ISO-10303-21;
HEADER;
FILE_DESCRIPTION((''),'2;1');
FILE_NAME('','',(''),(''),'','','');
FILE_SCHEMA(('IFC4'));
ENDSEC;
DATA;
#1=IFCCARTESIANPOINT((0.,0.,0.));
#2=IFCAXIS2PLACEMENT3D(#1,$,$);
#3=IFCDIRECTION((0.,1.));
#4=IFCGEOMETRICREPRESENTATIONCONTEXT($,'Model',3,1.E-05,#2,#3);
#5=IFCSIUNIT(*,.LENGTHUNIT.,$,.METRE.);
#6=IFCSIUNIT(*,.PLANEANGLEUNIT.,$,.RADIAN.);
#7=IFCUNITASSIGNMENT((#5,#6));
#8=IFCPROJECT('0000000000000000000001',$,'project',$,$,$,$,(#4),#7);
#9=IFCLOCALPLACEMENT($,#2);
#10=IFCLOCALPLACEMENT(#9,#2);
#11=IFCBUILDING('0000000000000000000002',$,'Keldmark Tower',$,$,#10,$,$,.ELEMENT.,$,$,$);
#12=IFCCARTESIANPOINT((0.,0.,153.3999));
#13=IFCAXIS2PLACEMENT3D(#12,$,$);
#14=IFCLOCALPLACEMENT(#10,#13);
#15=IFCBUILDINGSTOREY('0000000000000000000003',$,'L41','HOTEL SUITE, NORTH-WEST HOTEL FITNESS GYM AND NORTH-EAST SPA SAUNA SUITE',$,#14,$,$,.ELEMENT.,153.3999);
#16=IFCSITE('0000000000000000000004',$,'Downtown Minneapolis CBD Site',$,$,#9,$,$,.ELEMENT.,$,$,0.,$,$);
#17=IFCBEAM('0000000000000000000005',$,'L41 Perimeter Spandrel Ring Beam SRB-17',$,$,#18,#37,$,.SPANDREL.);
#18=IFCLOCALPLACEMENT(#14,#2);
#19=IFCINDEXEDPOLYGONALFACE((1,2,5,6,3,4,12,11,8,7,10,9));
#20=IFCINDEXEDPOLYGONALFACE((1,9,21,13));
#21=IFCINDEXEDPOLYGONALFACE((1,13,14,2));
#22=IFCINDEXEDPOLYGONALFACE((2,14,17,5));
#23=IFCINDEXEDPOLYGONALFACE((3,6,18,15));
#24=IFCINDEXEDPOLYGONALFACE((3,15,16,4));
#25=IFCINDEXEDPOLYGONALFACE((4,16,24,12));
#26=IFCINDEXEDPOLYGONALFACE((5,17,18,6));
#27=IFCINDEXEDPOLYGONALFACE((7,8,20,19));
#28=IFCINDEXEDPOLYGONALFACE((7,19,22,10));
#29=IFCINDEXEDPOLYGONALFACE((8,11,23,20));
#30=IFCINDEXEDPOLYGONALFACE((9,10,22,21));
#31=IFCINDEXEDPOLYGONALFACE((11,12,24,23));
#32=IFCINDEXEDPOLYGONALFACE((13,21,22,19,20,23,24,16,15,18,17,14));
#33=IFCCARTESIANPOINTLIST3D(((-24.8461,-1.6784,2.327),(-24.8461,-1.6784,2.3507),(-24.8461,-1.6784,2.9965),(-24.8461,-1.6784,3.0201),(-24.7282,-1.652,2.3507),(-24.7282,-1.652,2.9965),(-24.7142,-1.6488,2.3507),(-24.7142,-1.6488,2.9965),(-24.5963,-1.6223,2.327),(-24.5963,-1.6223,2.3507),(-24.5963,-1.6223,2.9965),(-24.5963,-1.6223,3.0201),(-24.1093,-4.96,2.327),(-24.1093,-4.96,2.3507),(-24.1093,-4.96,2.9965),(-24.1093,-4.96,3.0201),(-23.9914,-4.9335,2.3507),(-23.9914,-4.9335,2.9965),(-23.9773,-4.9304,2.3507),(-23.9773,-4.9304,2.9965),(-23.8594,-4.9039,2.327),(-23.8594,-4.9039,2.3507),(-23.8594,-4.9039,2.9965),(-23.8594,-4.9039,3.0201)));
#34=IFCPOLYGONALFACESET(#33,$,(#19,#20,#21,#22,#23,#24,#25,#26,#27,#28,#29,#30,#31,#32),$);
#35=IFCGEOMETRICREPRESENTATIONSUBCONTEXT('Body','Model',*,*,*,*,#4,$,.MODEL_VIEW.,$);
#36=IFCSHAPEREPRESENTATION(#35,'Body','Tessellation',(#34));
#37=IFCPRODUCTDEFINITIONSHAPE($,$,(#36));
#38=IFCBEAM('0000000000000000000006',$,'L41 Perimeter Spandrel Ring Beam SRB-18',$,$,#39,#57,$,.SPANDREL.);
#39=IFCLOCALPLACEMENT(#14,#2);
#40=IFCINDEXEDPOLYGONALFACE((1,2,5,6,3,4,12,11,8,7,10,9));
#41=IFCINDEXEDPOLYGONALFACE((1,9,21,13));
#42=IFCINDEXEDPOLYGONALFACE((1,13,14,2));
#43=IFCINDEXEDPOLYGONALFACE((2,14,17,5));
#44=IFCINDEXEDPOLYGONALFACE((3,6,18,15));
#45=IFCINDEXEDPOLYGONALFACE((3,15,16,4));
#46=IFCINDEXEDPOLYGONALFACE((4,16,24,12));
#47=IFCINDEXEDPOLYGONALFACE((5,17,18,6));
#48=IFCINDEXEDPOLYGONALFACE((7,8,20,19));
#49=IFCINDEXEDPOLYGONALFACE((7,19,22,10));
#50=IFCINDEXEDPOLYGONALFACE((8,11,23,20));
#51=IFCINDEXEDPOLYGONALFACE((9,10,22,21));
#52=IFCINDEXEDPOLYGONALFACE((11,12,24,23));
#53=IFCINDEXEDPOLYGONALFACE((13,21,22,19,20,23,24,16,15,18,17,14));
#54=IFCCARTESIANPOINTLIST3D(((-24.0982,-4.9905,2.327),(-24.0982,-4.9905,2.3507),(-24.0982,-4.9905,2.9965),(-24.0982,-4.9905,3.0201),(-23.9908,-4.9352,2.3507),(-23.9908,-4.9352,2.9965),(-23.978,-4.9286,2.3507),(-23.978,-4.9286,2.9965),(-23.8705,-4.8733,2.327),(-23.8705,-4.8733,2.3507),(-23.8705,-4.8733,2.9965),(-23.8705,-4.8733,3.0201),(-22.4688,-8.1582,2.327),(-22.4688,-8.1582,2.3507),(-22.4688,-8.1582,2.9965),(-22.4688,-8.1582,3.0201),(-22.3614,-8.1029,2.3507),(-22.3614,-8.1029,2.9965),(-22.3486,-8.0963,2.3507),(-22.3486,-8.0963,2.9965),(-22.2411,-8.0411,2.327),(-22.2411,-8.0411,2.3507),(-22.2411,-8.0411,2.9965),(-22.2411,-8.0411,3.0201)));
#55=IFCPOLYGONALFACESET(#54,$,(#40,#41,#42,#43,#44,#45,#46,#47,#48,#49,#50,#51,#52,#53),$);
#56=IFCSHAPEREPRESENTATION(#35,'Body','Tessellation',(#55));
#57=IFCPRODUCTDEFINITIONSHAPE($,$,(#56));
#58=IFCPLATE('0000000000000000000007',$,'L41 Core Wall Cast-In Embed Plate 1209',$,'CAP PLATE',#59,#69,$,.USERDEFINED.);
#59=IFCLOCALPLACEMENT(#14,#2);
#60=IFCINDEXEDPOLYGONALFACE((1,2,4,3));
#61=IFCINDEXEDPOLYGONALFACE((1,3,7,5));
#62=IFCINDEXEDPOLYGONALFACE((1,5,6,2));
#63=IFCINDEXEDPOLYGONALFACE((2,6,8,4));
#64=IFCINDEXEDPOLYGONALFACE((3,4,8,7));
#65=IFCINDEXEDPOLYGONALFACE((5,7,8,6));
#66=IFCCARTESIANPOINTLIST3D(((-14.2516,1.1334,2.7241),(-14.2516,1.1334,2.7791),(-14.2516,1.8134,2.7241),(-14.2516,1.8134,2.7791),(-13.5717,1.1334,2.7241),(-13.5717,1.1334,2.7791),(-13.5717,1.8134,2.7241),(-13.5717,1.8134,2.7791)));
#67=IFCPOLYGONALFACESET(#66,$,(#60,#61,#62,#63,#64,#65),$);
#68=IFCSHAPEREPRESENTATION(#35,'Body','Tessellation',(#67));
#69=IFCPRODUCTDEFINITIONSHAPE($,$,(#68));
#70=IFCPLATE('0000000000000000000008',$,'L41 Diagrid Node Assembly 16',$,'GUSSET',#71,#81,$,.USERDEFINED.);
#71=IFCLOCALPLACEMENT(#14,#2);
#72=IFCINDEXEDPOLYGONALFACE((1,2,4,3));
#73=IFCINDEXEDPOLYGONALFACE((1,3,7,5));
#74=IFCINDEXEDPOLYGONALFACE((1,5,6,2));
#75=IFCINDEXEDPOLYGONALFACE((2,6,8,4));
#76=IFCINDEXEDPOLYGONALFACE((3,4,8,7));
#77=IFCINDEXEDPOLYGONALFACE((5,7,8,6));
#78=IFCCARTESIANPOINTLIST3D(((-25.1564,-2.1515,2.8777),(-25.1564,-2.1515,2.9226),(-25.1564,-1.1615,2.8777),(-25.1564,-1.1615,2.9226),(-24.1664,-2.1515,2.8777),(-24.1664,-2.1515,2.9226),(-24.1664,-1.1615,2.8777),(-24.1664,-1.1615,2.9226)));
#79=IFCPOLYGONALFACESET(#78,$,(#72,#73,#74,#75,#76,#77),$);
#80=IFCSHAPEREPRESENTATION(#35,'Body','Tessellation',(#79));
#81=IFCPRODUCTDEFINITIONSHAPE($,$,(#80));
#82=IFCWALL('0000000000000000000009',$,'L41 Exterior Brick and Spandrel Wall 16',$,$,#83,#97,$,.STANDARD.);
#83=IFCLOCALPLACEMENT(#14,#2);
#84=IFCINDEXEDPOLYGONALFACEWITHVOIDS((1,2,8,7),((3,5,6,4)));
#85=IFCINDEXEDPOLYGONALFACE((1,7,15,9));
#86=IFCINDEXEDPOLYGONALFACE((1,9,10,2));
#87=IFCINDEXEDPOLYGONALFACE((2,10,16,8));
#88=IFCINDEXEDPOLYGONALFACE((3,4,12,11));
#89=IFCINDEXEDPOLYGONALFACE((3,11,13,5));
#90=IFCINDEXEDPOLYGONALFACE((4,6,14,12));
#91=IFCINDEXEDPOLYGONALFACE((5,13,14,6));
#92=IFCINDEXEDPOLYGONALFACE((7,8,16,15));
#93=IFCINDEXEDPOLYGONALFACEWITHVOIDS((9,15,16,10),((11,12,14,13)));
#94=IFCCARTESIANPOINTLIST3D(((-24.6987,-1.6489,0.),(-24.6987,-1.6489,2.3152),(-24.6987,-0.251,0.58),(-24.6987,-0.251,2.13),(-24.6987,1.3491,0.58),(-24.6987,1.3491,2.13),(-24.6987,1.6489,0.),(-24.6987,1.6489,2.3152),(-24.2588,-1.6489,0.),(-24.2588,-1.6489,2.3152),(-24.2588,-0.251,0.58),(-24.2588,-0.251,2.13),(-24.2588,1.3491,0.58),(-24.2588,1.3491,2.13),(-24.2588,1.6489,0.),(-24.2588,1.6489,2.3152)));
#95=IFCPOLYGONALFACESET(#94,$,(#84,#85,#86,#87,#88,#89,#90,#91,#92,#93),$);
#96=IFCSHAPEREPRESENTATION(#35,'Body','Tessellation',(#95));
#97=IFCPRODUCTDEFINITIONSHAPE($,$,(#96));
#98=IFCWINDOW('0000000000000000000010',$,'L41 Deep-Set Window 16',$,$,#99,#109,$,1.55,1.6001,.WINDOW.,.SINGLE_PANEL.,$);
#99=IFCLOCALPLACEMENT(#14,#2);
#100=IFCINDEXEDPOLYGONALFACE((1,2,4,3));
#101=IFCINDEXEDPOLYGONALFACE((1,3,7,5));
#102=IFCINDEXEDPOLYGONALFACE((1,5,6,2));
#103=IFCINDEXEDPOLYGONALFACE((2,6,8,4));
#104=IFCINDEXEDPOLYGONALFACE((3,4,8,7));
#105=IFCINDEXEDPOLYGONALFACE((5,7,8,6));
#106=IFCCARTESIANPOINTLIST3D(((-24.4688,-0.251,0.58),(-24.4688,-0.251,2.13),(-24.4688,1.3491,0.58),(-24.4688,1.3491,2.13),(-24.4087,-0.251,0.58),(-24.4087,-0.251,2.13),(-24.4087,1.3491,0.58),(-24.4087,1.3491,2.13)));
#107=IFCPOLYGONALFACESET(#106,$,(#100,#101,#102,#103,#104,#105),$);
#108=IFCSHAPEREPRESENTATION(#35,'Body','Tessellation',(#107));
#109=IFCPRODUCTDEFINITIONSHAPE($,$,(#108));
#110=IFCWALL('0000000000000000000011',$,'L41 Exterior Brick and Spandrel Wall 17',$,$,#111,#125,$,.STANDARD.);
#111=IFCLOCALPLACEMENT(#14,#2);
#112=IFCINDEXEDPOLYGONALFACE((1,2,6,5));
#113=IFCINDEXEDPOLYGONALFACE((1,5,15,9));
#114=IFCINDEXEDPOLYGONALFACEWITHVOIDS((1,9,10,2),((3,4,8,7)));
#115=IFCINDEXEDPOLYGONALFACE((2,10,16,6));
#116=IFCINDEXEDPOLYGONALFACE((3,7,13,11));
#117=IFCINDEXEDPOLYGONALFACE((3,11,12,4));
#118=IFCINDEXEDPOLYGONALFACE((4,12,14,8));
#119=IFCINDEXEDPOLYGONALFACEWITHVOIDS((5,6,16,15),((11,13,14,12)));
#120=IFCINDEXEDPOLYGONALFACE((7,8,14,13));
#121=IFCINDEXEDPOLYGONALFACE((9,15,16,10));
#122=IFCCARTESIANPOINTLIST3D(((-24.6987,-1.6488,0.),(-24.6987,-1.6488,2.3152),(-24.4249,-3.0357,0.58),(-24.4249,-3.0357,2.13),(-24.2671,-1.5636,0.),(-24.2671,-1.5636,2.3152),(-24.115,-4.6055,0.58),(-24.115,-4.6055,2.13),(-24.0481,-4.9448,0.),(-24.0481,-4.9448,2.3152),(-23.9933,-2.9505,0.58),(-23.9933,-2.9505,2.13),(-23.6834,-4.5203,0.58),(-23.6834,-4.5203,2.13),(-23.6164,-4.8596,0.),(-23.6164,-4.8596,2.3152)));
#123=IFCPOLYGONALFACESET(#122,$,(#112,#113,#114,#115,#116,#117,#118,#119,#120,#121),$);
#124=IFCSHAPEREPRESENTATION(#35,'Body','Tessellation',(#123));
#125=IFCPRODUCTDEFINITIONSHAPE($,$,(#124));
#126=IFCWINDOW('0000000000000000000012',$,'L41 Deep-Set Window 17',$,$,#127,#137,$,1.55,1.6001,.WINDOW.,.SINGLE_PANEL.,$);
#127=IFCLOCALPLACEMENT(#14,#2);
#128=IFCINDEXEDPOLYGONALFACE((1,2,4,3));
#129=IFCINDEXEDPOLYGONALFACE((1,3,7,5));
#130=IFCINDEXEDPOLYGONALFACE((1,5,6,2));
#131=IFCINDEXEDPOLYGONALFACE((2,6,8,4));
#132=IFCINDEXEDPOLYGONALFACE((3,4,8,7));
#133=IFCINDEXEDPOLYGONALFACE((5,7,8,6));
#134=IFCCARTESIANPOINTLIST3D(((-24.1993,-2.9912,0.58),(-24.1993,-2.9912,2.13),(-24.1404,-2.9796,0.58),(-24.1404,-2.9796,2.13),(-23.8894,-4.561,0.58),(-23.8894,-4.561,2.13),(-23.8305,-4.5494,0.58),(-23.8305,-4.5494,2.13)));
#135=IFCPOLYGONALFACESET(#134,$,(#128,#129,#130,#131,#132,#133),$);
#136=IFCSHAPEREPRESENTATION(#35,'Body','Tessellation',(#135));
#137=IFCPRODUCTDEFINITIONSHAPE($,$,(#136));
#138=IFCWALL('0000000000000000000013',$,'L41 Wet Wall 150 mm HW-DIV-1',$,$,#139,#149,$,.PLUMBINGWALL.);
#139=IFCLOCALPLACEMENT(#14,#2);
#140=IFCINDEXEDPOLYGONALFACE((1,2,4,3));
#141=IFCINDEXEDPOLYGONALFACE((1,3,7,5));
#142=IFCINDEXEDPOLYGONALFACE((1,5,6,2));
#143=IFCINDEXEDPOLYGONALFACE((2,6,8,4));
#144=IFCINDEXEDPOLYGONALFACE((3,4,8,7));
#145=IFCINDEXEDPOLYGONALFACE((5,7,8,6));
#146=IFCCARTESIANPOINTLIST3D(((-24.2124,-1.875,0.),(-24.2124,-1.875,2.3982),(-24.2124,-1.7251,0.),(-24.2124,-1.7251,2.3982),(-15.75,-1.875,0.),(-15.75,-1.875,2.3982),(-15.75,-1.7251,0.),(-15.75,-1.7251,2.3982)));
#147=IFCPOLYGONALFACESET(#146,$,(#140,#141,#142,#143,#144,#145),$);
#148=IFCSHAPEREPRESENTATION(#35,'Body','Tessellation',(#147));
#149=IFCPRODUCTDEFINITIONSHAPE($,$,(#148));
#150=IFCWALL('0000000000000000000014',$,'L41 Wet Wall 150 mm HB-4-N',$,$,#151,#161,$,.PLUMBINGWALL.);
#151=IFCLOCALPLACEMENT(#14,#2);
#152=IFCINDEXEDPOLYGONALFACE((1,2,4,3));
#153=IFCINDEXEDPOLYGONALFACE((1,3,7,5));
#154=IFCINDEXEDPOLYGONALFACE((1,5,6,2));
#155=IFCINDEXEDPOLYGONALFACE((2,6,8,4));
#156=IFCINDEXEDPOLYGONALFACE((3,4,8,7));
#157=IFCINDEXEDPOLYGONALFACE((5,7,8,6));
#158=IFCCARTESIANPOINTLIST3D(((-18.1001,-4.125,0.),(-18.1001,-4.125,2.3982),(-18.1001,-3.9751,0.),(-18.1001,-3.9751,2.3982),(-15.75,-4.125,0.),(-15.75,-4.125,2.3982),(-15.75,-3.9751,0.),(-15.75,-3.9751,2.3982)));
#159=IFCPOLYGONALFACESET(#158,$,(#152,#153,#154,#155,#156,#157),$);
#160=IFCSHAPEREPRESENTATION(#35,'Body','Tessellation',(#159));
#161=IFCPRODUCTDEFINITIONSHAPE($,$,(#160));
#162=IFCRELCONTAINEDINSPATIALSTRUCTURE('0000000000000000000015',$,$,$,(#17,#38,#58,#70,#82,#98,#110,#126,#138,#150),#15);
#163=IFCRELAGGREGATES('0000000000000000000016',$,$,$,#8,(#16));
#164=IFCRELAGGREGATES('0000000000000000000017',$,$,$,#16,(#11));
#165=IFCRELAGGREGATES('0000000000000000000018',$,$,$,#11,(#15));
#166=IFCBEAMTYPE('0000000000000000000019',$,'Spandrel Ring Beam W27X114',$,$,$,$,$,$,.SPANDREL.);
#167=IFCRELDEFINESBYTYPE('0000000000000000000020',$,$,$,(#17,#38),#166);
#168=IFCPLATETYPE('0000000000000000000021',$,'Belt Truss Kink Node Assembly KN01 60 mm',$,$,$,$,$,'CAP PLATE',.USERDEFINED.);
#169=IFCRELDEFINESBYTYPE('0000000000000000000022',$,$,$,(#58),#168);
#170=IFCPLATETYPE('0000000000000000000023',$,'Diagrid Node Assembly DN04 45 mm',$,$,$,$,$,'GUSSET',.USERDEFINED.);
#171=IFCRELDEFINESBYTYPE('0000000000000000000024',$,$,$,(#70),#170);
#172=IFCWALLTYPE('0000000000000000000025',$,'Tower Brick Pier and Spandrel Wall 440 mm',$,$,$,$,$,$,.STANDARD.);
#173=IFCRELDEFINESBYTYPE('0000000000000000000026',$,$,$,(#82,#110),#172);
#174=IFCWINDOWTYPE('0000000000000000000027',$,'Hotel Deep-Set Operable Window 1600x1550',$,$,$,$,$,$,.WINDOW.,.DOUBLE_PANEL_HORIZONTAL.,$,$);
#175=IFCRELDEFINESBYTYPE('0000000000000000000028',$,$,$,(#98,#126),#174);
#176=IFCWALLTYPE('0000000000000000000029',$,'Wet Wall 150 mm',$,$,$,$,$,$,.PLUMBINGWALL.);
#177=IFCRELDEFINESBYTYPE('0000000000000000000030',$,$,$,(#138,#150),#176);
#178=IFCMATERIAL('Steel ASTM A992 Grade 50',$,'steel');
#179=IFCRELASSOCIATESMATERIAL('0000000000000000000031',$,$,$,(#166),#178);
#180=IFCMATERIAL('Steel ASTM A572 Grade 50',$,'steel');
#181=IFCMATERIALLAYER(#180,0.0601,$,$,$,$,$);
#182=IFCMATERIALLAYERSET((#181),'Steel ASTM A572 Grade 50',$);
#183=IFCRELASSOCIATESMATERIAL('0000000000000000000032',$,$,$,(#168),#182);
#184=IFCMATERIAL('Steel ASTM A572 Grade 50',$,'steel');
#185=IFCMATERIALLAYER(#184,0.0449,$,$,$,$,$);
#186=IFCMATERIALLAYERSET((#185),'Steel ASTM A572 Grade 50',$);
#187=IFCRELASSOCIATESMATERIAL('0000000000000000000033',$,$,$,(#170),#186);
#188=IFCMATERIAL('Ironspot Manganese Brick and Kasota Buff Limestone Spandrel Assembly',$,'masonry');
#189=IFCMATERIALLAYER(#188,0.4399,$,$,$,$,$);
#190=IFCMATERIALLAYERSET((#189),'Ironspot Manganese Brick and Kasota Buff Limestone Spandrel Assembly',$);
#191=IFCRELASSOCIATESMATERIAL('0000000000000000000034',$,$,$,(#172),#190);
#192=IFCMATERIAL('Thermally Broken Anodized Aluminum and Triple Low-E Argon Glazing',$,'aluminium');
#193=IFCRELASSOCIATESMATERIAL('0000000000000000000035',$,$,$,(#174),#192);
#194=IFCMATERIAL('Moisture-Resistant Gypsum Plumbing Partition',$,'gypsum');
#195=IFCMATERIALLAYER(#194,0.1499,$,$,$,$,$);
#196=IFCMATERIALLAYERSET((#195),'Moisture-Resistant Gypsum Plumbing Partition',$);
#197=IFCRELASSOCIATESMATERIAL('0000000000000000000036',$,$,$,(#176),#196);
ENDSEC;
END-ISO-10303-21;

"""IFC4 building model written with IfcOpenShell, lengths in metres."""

from ifc_helpers import new_model, si_unit, direction, frame, frame_2d, origin, origin_2d, place, context, subcontext, project, spatial, rectangle, i_section, extrude, material, layer, layer_set, material_profile, profile_set, type_object, element, fill, save


model = new_model("IFC4")

# Units and contexts
model_context = context("Model", 3, precision=1e-05, world=origin(), true_north=direction((0.0, 1.0)))
body_context = subcontext(model_context, "Body", "Model", "MODEL_VIEW")
ifc_project = project(units=[si_unit("LENGTHUNIT", "METRE"), si_unit("PLANEANGLEUNIT", "RADIAN")], contexts=[model_context])

# Site, building, storey
site_placement = place(None, origin())
site = spatial("IfcSite", under=ifc_project, at=site_placement, Name="Downtown Minneapolis CBD Site", CompositionType="ELEMENT", RefElevation=0.0)
building_placement = place(site_placement, origin())
building = spatial("IfcBuilding", under=site, at=building_placement, Name="Keldmark Tower", CompositionType="ELEMENT")
storey_placement = place(building_placement, frame((0.0, 0.0, 153.3999)))
storey = spatial("IfcBuildingStorey", under=building, at=storey_placement, Name="L41", Description="HOTEL SUITE, NORTH-WEST HOTEL FITNESS GYM AND NORTH-EAST SPA SAUNA SUITE", CompositionType="ELEMENT", Elevation=153.3999)

# Beams
ifc_material_1 = material(Name="Steel ASTM A992 Grade 50", Category="steel")
ifc_material_profile_1 = material_profile(ifc_material_1, i_section(OverallWidth=0.2561, OverallDepth=0.6931, WebThickness=0.0144, FlangeThickness=0.0237, at=origin_2d()), Name="W27X114")
ifc_profile_set_1 = profile_set([ifc_material_profile_1], Name="Steel ASTM A992 Grade 50")
beam_type_1 = type_object("IfcBeamType", Name="Spandrel Ring Beam W27X114", PredefinedType="SPANDREL", material=ifc_profile_set_1)
beam_1_placement = place(storey_placement, frame((-24.7212, -1.6504, 2.6736), z_axis=(0.219082, -0.975706, 0.0), x_axis=(0.975706, 0.219082, 0.0)))
element("IfcBeam", 1, at=beam_1_placement, inside=storey, type_object=beam_type_1, Name="L41 Perimeter Spandrel Ring Beam SRB-17", PredefinedType="SPANDREL", context=body_context, shape_type="SweptSolid", body=[
    extrude(i_section(OverallWidth=0.2561, OverallDepth=0.6931, WebThickness=0.0144, FlangeThickness=0.0237, at=origin_2d()), origin(), (0.0, 0.0, 1.0), 3.3633),
])
beam_2_placement = place(storey_placement, frame((-23.9844, -4.9319, 2.6736), z_axis=(0.45741, -0.889256, 0.0), x_axis=(0.889256, 0.45741, 0.0)))
element("IfcBeam", 2, at=beam_2_placement, inside=storey, type_object=beam_type_1, Name="L41 Perimeter Spandrel Ring Beam SRB-18", PredefinedType="SPANDREL", context=body_context, shape_type="SweptSolid", body=[
    extrude(i_section(OverallWidth=0.2561, OverallDepth=0.6931, WebThickness=0.0144, FlangeThickness=0.0237, at=origin_2d()), origin(), (0.0, 0.0, 1.0), 3.5623),
])

# Plates
ifc_material_2 = material(Name="Steel ASTM A572 Grade 50", Category="steel")
ifc_layer_1 = layer(ifc_material_2, 0.0601)
ifc_layer_set_1 = layer_set([ifc_layer_1], Name="Steel ASTM A572 Grade 50")
plate_type_1 = type_object("IfcPlateType", Name="Belt Truss Kink Node Assembly KN01 60 mm", ElementType="CAP PLATE", PredefinedType="USERDEFINED", material=ifc_layer_set_1)
plate_1_placement = place(storey_placement, frame((-13.9116, 1.4734, 2.7241), z_axis=(0.0, 0.0, 1.0), x_axis=(1.0, 0.0, 0.0)))
element("IfcPlate", 3, at=plate_1_placement, inside=storey, type_object=plate_type_1, Name="L41 Core Wall Cast-In Embed Plate 1209", ObjectType="CAP PLATE", PredefinedType="USERDEFINED", context=body_context, shape_type="SweptSolid", body=[
    extrude(rectangle(XDim=0.6799, YDim=0.6799, at=origin_2d()), origin(), (0.0, 0.0, 1.0), 0.0549),
])
ifc_material_3 = material(Name="Steel ASTM A572 Grade 50", Category="steel")
ifc_layer_2 = layer(ifc_material_3, 0.0449)
ifc_layer_set_2 = layer_set([ifc_layer_2], Name="Steel ASTM A572 Grade 50")
plate_type_2 = type_object("IfcPlateType", Name="Diagrid Node Assembly DN04 45 mm", ElementType="GUSSET", PredefinedType="USERDEFINED", material=ifc_layer_set_2)
plate_2_placement = place(storey_placement, frame((-24.6614, -1.6565, 2.8777), z_axis=(0.0, 0.0, 1.0), x_axis=(0.0, -1.0, 0.0)))
element("IfcPlate", 4, at=plate_2_placement, inside=storey, type_object=plate_type_2, Name="L41 Diagrid Node Assembly 16", ObjectType="GUSSET", PredefinedType="USERDEFINED", context=body_context, shape_type="SweptSolid", body=[
    extrude(rectangle(XDim=0.99, YDim=0.99, at=origin_2d()), origin(), (0.0, 0.0, 1.0), 0.0449),
])

# Walls, openings, windows
ifc_material_4 = material(Name="Ironspot Manganese Brick and Kasota Buff Limestone Spandrel Assembly", Category="masonry")
ifc_layer_3 = layer(ifc_material_4, 0.4399)
ifc_layer_set_3 = layer_set([ifc_layer_3], Name="Ironspot Manganese Brick and Kasota Buff Limestone Spandrel Assembly")
wall_type_1 = type_object("IfcWallType", Name="Tower Brick Pier and Spandrel Wall 440 mm", PredefinedType="STANDARD", material=ifc_layer_set_3)
wall_1_placement = place(storey_placement, frame((-24.4788, -1.6489, 0.0), z_axis=(0.0, 0.0, 1.0), x_axis=(0.0, 1.0, 0.0)))
wall_1 = element("IfcWall", 5, at=wall_1_placement, inside=storey, type_object=wall_type_1, Name="L41 Exterior Brick and Spandrel Wall 16", PredefinedType="STANDARD", context=body_context, shape_type="SweptSolid", body=[
    extrude(rectangle(XDim=3.2979, YDim=0.4399, at=frame_2d((1.6489, 0.0))), origin(), (0.0, 0.0, 1.0), 2.3152),
])
opening_1_placement = place(wall_1_placement, frame((1.3979, 0.0, 0.5801)))
opening_1 = element("IfcOpeningElement", 6, at=opening_1_placement, cuts=wall_1, PredefinedType="OPENING", context=body_context, shape_type="SweptSolid", body=[
    extrude(rectangle(XDim=1.6001, YDim=1.55, at=frame_2d((0.8, 0.7749))), frame((0.0, 0.23, 0.0), z_axis=(0.0, -1.0, 0.0), x_axis=(1.0, 0.0, 0.0)), (0.0, 0.0, 1.0), 0.46),
])
ifc_material_5 = material(Name="Thermally Broken Anodized Aluminum and Triple Low-E Argon Glazing", Category="aluminium")
window_type = type_object("IfcWindowType", Name="Hotel Deep-Set Operable Window 1600x1550", PartitioningType="DOUBLE_PANEL_HORIZONTAL", PredefinedType="WINDOW", material=ifc_material_5)
window_1_placement = place(opening_1_placement, origin())
window_1 = element("IfcWindow", 7, at=window_1_placement, inside=storey, type_object=window_type, Name="L41 Deep-Set Window 16", OverallHeight=1.55, OverallWidth=1.6001, PartitioningType="SINGLE_PANEL", PredefinedType="WINDOW", context=body_context, shape_type="SweptSolid", body=[
    extrude(rectangle(XDim=1.6001, YDim=1.55, at=frame_2d((0.8, 0.7749))), frame((0.0, -0.01, 0.0), z_axis=(0.0, -1.0, 0.0), x_axis=(1.0, 0.0, 0.0)), (0.0, 0.0, 1.0), 0.0601),
])
fill(opening_1, window_1)
wall_2_placement = place(storey_placement, frame((-23.8323, -4.9021, 0.0), z_axis=(0.0, 0.0, 1.0), x_axis=(-0.19367, 0.981067, 0.0)))
wall_2 = element("IfcWall", 8, at=wall_2_placement, inside=storey, type_object=wall_type_1, Name="L41 Exterior Brick and Spandrel Wall 17", PredefinedType="STANDARD", context=body_context, shape_type="SweptSolid", body=[
    extrude(rectangle(XDim=3.3596, YDim=0.4399, at=frame_2d((1.6797, 0.0))), origin(), (0.0, 0.0, 1.0), 2.3152),
])
opening_2_placement = place(wall_2_placement, frame((0.3457, 0.0, 0.5801)))
opening_2 = element("IfcOpeningElement", 9, at=opening_2_placement, cuts=wall_2, PredefinedType="OPENING", context=body_context, shape_type="SweptSolid", body=[
    extrude(rectangle(XDim=1.6001, YDim=1.55, at=frame_2d((0.8, 0.7749))), frame((0.0, 0.23, 0.0), z_axis=(0.0, -1.0, 0.0), x_axis=(1.0, 0.0, 0.0)), (0.0, 0.0, 1.0), 0.46),
])
window_2_placement = place(opening_2_placement, origin())
window_2 = element("IfcWindow", 10, at=window_2_placement, inside=storey, type_object=window_type, Name="L41 Deep-Set Window 17", OverallHeight=1.55, OverallWidth=1.6001, PartitioningType="SINGLE_PANEL", PredefinedType="WINDOW", context=body_context, shape_type="SweptSolid", body=[
    extrude(rectangle(XDim=1.6001, YDim=1.55, at=frame_2d((0.8, 0.7749))), frame((0.0, -0.01, 0.0), z_axis=(0.0, -1.0, 0.0), x_axis=(1.0, 0.0, 0.0)), (0.0, 0.0, 1.0), 0.0601),
])
fill(opening_2, window_2)

# Walls
ifc_material_6 = material(Name="Moisture-Resistant Gypsum Plumbing Partition", Category="gypsum")
ifc_layer_4 = layer(ifc_material_6, 0.1499)
ifc_layer_set_4 = layer_set([ifc_layer_4], Name="Moisture-Resistant Gypsum Plumbing Partition")
wall_type_2 = type_object("IfcWallType", Name="Wet Wall 150 mm", PredefinedType="PLUMBINGWALL", material=ifc_layer_set_4)
wall_3_placement = place(storey_placement, frame((-24.2124, -1.8, 0.0), z_axis=(0.0, 0.0, 1.0), x_axis=(1.0, 0.0, 0.0)))
element("IfcWall", 11, at=wall_3_placement, inside=storey, type_object=wall_type_2, Name="L41 Wet Wall 150 mm HW-DIV-1", PredefinedType="PLUMBINGWALL", context=body_context, shape_type="SweptSolid", body=[
    extrude(rectangle(XDim=8.4624, YDim=0.1499, at=frame_2d((4.2312, 0.0))), origin(), (0.0, 0.0, 1.0), 2.3982),
])
wall_4_placement = place(storey_placement, frame((-18.1001, -4.05, 0.0), z_axis=(0.0, 0.0, 1.0), x_axis=(1.0, 0.0, 0.0)))
element("IfcWall", 12, at=wall_4_placement, inside=storey, type_object=wall_type_2, Name="L41 Wet Wall 150 mm HB-4-N", PredefinedType="PLUMBINGWALL", context=body_context, shape_type="SweptSolid", body=[
    extrude(rectangle(XDim=2.3501, YDim=0.1499, at=frame_2d((1.175, 0.0))), origin(), (0.0, 0.0, 1.0), 2.3982),
])

save(model, "model.ifc")
